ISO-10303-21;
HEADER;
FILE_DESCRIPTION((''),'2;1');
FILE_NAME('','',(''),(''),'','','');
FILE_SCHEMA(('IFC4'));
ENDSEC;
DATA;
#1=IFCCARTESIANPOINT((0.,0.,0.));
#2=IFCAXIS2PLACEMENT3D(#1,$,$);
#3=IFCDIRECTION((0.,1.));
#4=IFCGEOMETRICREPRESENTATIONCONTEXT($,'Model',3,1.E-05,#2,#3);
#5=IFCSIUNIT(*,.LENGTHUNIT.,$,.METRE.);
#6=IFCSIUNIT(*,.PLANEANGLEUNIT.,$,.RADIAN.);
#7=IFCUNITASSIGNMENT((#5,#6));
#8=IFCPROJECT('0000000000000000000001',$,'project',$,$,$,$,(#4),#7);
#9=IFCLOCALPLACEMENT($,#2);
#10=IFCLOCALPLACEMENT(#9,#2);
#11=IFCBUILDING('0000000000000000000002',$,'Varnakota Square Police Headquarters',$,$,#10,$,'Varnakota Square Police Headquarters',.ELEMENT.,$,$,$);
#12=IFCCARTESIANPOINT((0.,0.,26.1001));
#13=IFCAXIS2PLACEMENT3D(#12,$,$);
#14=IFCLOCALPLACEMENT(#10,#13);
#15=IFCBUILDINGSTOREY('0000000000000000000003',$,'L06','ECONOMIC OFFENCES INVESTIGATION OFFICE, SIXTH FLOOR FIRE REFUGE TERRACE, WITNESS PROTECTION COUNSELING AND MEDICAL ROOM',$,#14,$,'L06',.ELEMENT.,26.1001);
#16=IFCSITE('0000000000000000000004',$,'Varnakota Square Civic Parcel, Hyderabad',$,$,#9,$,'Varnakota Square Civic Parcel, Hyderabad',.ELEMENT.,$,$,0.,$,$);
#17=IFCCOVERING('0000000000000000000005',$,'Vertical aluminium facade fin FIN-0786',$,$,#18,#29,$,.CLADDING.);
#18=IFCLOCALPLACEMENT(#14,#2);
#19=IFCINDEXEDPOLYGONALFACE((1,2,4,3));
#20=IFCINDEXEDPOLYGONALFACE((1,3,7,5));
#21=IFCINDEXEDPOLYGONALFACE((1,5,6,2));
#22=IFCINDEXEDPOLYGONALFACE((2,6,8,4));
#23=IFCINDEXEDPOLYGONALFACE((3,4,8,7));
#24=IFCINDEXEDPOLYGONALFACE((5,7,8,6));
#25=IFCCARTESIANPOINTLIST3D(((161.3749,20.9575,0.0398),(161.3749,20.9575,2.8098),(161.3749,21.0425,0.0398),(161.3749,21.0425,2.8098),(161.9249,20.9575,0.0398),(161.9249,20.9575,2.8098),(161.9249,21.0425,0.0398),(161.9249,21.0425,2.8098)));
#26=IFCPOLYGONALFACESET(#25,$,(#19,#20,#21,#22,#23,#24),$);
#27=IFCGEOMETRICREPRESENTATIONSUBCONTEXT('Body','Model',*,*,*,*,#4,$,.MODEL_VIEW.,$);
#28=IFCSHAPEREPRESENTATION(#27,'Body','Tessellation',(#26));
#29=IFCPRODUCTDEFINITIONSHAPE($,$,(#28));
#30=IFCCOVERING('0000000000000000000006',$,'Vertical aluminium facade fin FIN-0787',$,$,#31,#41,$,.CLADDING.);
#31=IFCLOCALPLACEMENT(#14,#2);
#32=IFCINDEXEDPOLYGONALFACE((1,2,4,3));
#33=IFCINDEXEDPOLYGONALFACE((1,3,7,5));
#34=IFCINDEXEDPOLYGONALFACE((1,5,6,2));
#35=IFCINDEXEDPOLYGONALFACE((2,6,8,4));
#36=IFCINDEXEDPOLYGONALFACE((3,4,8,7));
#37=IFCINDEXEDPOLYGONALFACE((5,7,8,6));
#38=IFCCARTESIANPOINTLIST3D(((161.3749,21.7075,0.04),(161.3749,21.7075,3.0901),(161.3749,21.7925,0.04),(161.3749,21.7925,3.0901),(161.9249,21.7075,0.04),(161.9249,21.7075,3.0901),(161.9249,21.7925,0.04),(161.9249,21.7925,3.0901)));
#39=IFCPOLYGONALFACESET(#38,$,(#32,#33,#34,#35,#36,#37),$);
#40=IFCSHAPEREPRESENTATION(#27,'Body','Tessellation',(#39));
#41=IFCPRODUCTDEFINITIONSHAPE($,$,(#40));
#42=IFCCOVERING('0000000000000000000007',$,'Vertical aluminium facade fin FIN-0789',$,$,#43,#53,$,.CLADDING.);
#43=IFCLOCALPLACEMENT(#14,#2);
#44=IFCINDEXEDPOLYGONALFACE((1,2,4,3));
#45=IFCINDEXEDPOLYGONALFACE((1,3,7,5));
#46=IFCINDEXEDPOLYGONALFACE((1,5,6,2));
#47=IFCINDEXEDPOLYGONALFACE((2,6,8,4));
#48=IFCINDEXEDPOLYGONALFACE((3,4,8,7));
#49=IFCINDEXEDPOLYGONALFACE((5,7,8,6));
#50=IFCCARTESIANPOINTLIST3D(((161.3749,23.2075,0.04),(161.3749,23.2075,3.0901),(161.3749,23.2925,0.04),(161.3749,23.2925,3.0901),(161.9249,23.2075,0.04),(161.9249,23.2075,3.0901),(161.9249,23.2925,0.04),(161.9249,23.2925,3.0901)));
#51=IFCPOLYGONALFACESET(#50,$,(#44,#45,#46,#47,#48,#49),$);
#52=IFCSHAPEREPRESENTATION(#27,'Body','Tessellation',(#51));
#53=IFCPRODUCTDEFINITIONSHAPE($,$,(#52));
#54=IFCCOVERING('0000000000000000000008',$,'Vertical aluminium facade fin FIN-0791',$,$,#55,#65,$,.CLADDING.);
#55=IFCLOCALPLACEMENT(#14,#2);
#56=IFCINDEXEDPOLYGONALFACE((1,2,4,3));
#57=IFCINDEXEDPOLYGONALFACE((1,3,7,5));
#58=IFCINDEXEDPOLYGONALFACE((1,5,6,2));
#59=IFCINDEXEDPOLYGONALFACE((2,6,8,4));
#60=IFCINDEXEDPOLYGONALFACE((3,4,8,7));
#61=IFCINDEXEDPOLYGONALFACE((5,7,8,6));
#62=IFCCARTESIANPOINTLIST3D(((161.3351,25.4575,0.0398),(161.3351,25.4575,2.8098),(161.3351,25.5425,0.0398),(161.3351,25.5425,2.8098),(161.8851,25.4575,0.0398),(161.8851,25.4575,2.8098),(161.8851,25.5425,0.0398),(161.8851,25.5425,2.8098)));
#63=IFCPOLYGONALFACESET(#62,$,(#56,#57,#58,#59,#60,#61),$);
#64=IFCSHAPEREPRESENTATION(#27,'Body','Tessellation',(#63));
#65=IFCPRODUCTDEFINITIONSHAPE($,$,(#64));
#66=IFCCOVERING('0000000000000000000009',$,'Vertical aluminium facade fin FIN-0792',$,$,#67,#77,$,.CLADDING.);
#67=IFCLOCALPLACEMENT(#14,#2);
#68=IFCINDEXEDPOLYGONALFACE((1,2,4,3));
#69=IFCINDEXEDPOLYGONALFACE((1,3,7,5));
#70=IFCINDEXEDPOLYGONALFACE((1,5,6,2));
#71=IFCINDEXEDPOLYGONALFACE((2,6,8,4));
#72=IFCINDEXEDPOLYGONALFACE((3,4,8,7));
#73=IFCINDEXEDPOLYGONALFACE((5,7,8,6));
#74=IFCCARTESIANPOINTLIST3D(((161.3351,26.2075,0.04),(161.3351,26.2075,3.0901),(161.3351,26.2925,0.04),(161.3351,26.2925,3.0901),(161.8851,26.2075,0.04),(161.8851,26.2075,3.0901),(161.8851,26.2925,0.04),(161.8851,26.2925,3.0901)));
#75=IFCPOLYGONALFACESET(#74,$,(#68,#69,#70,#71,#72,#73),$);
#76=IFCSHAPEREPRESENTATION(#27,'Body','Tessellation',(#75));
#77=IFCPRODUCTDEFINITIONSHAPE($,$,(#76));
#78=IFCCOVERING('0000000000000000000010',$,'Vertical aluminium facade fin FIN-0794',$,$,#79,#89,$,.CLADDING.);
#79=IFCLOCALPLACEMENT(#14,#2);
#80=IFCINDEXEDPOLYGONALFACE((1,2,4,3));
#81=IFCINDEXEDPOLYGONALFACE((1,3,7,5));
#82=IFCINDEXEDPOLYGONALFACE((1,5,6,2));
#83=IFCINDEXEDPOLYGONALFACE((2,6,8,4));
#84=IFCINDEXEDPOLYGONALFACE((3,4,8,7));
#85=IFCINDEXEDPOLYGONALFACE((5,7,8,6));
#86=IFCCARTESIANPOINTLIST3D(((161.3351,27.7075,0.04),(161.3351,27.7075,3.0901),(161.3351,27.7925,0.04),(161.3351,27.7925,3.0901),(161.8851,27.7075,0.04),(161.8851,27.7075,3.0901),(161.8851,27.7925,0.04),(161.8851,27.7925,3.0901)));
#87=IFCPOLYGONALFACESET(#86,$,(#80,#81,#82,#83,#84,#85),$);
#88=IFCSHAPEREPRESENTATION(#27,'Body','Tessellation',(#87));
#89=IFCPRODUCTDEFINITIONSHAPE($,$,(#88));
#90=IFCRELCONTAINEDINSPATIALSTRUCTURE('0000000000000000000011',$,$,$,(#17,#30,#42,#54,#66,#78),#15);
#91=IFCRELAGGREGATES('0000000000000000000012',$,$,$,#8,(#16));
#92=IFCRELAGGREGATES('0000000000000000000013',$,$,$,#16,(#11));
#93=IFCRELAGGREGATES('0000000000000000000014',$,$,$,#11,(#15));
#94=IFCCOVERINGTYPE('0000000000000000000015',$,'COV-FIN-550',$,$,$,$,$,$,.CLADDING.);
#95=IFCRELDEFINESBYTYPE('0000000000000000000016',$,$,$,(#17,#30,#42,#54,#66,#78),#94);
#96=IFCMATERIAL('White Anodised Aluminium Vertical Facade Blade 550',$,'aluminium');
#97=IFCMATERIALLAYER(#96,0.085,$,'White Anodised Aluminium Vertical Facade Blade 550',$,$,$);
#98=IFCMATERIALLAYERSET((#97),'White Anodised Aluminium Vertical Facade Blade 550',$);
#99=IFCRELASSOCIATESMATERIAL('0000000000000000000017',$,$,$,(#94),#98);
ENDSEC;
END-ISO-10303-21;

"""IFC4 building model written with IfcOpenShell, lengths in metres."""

from ifc_helpers import new_model, si_unit, direction, frame, origin, origin_2d, place, context, subcontext, project, spatial, rectangle, extrude, material, layer, layer_set, type_object, element, save


model = new_model("IFC4")

# Units and contexts
model_context = context("Model", 3, precision=1e-05, world=origin(), true_north=direction((0.0, 1.0)))
body_context = subcontext(model_context, "Body", "Model", "MODEL_VIEW")
ifc_project = project(units=[si_unit("LENGTHUNIT", "METRE"), si_unit("PLANEANGLEUNIT", "RADIAN")], contexts=[model_context])

# Site, building, storey
site_placement = place(None, origin())
site = spatial("IfcSite", under=ifc_project, at=site_placement, Name="Varnakota Square Civic Parcel, Hyderabad", LongName="Varnakota Square Civic Parcel, Hyderabad", CompositionType="ELEMENT", RefElevation=0.0)
building_placement = place(site_placement, origin())
building = spatial("IfcBuilding", under=site, at=building_placement, Name="Varnakota Square Police Headquarters", LongName="Varnakota Square Police Headquarters", CompositionType="ELEMENT")
storey_placement = place(building_placement, frame((0.0, 0.0, 26.1001)))
storey = spatial("IfcBuildingStorey", under=building, at=storey_placement, Name="L06", Description="ECONOMIC OFFENCES INVESTIGATION OFFICE, SIXTH FLOOR FIRE REFUGE TERRACE, WITNESS PROTECTION COUNSELING AND MEDICAL ROOM", LongName="L06", CompositionType="ELEMENT", Elevation=26.1001)

# Coverings
ifc_material_1 = material(Name="White Anodised Aluminium Vertical Facade Blade 550", Category="aluminium")
ifc_layer_1 = layer(ifc_material_1, 0.085, Name="White Anodised Aluminium Vertical Facade Blade 550")
ifc_layer_set_1 = layer_set([ifc_layer_1], Name="White Anodised Aluminium Vertical Facade Blade 550")
covering_type_1 = type_object("IfcCoveringType", Name="COV-FIN-550", PredefinedType="CLADDING", material=ifc_layer_set_1)
for number, where, z_axis, x_axis, name in (
    (1, (161.6499, 21.0, 0.0398), (0.0, 0.0, 1.0), (0.0, 1.0, 0.0), "Vertical aluminium facade fin FIN-0786"),
):
    element("IfcCovering", number, at=place(storey_placement, frame(where, z_axis=z_axis, x_axis=x_axis)), inside=storey, type_object=covering_type_1, Name=name, PredefinedType="CLADDING", context=body_context, shape_type="SweptSolid", body=[
        extrude(rectangle(XDim=0.085, YDim=0.55, at=origin_2d()), origin(), (0.0, 0.0, 1.0), 2.77),
    ])
for number, where, z_axis, x_axis, name in (
    (2, (161.6499, 21.75, 0.04), (0.0, 0.0, 1.0), (0.0, 1.0, 0.0), "Vertical aluminium facade fin FIN-0787"),
    (3, (161.6499, 23.25, 0.04), (0.0, 0.0, 1.0), (0.0, 1.0, 0.0), "Vertical aluminium facade fin FIN-0789"),
):
    element("IfcCovering", number, at=place(storey_placement, frame(where, z_axis=z_axis, x_axis=x_axis)), inside=storey, type_object=covering_type_1, Name=name, PredefinedType="CLADDING", context=body_context, shape_type="SweptSolid", body=[
        extrude(rectangle(XDim=0.085, YDim=0.55, at=origin_2d()), origin(), (0.0, 0.0, 1.0), 3.05),
    ])
covering_1_placement = place(storey_placement, frame((161.6101, 25.5, 0.0398), z_axis=(0.0, 0.0, 1.0), x_axis=(0.0, 1.0, 0.0)))
element("IfcCovering", 4, at=covering_1_placement, inside=storey, type_object=covering_type_1, Name="Vertical aluminium facade fin FIN-0791", PredefinedType="CLADDING", context=body_context, shape_type="SweptSolid", body=[
    extrude(rectangle(XDim=0.085, YDim=0.55, at=origin_2d()), origin(), (0.0, 0.0, 1.0), 2.77),
])
for number, where, z_axis, x_axis, name in (
    (5, (161.6101, 26.25, 0.04), (0.0, 0.0, 1.0), (0.0, 1.0, 0.0), "Vertical aluminium facade fin FIN-0792"),
    (6, (161.6101, 27.75, 0.04), (0.0, 0.0, 1.0), (0.0, 1.0, 0.0), "Vertical aluminium facade fin FIN-0794"),
):
    element("IfcCovering", number, at=place(storey_placement, frame(where, z_axis=z_axis, x_axis=x_axis)), inside=storey, type_object=covering_type_1, Name=name, PredefinedType="CLADDING", context=body_context, shape_type="SweptSolid", body=[
        extrude(rectangle(XDim=0.085, YDim=0.55, at=origin_2d()), origin(), (0.0, 0.0, 1.0), 3.05),
    ])

save(model, "model.ifc")
